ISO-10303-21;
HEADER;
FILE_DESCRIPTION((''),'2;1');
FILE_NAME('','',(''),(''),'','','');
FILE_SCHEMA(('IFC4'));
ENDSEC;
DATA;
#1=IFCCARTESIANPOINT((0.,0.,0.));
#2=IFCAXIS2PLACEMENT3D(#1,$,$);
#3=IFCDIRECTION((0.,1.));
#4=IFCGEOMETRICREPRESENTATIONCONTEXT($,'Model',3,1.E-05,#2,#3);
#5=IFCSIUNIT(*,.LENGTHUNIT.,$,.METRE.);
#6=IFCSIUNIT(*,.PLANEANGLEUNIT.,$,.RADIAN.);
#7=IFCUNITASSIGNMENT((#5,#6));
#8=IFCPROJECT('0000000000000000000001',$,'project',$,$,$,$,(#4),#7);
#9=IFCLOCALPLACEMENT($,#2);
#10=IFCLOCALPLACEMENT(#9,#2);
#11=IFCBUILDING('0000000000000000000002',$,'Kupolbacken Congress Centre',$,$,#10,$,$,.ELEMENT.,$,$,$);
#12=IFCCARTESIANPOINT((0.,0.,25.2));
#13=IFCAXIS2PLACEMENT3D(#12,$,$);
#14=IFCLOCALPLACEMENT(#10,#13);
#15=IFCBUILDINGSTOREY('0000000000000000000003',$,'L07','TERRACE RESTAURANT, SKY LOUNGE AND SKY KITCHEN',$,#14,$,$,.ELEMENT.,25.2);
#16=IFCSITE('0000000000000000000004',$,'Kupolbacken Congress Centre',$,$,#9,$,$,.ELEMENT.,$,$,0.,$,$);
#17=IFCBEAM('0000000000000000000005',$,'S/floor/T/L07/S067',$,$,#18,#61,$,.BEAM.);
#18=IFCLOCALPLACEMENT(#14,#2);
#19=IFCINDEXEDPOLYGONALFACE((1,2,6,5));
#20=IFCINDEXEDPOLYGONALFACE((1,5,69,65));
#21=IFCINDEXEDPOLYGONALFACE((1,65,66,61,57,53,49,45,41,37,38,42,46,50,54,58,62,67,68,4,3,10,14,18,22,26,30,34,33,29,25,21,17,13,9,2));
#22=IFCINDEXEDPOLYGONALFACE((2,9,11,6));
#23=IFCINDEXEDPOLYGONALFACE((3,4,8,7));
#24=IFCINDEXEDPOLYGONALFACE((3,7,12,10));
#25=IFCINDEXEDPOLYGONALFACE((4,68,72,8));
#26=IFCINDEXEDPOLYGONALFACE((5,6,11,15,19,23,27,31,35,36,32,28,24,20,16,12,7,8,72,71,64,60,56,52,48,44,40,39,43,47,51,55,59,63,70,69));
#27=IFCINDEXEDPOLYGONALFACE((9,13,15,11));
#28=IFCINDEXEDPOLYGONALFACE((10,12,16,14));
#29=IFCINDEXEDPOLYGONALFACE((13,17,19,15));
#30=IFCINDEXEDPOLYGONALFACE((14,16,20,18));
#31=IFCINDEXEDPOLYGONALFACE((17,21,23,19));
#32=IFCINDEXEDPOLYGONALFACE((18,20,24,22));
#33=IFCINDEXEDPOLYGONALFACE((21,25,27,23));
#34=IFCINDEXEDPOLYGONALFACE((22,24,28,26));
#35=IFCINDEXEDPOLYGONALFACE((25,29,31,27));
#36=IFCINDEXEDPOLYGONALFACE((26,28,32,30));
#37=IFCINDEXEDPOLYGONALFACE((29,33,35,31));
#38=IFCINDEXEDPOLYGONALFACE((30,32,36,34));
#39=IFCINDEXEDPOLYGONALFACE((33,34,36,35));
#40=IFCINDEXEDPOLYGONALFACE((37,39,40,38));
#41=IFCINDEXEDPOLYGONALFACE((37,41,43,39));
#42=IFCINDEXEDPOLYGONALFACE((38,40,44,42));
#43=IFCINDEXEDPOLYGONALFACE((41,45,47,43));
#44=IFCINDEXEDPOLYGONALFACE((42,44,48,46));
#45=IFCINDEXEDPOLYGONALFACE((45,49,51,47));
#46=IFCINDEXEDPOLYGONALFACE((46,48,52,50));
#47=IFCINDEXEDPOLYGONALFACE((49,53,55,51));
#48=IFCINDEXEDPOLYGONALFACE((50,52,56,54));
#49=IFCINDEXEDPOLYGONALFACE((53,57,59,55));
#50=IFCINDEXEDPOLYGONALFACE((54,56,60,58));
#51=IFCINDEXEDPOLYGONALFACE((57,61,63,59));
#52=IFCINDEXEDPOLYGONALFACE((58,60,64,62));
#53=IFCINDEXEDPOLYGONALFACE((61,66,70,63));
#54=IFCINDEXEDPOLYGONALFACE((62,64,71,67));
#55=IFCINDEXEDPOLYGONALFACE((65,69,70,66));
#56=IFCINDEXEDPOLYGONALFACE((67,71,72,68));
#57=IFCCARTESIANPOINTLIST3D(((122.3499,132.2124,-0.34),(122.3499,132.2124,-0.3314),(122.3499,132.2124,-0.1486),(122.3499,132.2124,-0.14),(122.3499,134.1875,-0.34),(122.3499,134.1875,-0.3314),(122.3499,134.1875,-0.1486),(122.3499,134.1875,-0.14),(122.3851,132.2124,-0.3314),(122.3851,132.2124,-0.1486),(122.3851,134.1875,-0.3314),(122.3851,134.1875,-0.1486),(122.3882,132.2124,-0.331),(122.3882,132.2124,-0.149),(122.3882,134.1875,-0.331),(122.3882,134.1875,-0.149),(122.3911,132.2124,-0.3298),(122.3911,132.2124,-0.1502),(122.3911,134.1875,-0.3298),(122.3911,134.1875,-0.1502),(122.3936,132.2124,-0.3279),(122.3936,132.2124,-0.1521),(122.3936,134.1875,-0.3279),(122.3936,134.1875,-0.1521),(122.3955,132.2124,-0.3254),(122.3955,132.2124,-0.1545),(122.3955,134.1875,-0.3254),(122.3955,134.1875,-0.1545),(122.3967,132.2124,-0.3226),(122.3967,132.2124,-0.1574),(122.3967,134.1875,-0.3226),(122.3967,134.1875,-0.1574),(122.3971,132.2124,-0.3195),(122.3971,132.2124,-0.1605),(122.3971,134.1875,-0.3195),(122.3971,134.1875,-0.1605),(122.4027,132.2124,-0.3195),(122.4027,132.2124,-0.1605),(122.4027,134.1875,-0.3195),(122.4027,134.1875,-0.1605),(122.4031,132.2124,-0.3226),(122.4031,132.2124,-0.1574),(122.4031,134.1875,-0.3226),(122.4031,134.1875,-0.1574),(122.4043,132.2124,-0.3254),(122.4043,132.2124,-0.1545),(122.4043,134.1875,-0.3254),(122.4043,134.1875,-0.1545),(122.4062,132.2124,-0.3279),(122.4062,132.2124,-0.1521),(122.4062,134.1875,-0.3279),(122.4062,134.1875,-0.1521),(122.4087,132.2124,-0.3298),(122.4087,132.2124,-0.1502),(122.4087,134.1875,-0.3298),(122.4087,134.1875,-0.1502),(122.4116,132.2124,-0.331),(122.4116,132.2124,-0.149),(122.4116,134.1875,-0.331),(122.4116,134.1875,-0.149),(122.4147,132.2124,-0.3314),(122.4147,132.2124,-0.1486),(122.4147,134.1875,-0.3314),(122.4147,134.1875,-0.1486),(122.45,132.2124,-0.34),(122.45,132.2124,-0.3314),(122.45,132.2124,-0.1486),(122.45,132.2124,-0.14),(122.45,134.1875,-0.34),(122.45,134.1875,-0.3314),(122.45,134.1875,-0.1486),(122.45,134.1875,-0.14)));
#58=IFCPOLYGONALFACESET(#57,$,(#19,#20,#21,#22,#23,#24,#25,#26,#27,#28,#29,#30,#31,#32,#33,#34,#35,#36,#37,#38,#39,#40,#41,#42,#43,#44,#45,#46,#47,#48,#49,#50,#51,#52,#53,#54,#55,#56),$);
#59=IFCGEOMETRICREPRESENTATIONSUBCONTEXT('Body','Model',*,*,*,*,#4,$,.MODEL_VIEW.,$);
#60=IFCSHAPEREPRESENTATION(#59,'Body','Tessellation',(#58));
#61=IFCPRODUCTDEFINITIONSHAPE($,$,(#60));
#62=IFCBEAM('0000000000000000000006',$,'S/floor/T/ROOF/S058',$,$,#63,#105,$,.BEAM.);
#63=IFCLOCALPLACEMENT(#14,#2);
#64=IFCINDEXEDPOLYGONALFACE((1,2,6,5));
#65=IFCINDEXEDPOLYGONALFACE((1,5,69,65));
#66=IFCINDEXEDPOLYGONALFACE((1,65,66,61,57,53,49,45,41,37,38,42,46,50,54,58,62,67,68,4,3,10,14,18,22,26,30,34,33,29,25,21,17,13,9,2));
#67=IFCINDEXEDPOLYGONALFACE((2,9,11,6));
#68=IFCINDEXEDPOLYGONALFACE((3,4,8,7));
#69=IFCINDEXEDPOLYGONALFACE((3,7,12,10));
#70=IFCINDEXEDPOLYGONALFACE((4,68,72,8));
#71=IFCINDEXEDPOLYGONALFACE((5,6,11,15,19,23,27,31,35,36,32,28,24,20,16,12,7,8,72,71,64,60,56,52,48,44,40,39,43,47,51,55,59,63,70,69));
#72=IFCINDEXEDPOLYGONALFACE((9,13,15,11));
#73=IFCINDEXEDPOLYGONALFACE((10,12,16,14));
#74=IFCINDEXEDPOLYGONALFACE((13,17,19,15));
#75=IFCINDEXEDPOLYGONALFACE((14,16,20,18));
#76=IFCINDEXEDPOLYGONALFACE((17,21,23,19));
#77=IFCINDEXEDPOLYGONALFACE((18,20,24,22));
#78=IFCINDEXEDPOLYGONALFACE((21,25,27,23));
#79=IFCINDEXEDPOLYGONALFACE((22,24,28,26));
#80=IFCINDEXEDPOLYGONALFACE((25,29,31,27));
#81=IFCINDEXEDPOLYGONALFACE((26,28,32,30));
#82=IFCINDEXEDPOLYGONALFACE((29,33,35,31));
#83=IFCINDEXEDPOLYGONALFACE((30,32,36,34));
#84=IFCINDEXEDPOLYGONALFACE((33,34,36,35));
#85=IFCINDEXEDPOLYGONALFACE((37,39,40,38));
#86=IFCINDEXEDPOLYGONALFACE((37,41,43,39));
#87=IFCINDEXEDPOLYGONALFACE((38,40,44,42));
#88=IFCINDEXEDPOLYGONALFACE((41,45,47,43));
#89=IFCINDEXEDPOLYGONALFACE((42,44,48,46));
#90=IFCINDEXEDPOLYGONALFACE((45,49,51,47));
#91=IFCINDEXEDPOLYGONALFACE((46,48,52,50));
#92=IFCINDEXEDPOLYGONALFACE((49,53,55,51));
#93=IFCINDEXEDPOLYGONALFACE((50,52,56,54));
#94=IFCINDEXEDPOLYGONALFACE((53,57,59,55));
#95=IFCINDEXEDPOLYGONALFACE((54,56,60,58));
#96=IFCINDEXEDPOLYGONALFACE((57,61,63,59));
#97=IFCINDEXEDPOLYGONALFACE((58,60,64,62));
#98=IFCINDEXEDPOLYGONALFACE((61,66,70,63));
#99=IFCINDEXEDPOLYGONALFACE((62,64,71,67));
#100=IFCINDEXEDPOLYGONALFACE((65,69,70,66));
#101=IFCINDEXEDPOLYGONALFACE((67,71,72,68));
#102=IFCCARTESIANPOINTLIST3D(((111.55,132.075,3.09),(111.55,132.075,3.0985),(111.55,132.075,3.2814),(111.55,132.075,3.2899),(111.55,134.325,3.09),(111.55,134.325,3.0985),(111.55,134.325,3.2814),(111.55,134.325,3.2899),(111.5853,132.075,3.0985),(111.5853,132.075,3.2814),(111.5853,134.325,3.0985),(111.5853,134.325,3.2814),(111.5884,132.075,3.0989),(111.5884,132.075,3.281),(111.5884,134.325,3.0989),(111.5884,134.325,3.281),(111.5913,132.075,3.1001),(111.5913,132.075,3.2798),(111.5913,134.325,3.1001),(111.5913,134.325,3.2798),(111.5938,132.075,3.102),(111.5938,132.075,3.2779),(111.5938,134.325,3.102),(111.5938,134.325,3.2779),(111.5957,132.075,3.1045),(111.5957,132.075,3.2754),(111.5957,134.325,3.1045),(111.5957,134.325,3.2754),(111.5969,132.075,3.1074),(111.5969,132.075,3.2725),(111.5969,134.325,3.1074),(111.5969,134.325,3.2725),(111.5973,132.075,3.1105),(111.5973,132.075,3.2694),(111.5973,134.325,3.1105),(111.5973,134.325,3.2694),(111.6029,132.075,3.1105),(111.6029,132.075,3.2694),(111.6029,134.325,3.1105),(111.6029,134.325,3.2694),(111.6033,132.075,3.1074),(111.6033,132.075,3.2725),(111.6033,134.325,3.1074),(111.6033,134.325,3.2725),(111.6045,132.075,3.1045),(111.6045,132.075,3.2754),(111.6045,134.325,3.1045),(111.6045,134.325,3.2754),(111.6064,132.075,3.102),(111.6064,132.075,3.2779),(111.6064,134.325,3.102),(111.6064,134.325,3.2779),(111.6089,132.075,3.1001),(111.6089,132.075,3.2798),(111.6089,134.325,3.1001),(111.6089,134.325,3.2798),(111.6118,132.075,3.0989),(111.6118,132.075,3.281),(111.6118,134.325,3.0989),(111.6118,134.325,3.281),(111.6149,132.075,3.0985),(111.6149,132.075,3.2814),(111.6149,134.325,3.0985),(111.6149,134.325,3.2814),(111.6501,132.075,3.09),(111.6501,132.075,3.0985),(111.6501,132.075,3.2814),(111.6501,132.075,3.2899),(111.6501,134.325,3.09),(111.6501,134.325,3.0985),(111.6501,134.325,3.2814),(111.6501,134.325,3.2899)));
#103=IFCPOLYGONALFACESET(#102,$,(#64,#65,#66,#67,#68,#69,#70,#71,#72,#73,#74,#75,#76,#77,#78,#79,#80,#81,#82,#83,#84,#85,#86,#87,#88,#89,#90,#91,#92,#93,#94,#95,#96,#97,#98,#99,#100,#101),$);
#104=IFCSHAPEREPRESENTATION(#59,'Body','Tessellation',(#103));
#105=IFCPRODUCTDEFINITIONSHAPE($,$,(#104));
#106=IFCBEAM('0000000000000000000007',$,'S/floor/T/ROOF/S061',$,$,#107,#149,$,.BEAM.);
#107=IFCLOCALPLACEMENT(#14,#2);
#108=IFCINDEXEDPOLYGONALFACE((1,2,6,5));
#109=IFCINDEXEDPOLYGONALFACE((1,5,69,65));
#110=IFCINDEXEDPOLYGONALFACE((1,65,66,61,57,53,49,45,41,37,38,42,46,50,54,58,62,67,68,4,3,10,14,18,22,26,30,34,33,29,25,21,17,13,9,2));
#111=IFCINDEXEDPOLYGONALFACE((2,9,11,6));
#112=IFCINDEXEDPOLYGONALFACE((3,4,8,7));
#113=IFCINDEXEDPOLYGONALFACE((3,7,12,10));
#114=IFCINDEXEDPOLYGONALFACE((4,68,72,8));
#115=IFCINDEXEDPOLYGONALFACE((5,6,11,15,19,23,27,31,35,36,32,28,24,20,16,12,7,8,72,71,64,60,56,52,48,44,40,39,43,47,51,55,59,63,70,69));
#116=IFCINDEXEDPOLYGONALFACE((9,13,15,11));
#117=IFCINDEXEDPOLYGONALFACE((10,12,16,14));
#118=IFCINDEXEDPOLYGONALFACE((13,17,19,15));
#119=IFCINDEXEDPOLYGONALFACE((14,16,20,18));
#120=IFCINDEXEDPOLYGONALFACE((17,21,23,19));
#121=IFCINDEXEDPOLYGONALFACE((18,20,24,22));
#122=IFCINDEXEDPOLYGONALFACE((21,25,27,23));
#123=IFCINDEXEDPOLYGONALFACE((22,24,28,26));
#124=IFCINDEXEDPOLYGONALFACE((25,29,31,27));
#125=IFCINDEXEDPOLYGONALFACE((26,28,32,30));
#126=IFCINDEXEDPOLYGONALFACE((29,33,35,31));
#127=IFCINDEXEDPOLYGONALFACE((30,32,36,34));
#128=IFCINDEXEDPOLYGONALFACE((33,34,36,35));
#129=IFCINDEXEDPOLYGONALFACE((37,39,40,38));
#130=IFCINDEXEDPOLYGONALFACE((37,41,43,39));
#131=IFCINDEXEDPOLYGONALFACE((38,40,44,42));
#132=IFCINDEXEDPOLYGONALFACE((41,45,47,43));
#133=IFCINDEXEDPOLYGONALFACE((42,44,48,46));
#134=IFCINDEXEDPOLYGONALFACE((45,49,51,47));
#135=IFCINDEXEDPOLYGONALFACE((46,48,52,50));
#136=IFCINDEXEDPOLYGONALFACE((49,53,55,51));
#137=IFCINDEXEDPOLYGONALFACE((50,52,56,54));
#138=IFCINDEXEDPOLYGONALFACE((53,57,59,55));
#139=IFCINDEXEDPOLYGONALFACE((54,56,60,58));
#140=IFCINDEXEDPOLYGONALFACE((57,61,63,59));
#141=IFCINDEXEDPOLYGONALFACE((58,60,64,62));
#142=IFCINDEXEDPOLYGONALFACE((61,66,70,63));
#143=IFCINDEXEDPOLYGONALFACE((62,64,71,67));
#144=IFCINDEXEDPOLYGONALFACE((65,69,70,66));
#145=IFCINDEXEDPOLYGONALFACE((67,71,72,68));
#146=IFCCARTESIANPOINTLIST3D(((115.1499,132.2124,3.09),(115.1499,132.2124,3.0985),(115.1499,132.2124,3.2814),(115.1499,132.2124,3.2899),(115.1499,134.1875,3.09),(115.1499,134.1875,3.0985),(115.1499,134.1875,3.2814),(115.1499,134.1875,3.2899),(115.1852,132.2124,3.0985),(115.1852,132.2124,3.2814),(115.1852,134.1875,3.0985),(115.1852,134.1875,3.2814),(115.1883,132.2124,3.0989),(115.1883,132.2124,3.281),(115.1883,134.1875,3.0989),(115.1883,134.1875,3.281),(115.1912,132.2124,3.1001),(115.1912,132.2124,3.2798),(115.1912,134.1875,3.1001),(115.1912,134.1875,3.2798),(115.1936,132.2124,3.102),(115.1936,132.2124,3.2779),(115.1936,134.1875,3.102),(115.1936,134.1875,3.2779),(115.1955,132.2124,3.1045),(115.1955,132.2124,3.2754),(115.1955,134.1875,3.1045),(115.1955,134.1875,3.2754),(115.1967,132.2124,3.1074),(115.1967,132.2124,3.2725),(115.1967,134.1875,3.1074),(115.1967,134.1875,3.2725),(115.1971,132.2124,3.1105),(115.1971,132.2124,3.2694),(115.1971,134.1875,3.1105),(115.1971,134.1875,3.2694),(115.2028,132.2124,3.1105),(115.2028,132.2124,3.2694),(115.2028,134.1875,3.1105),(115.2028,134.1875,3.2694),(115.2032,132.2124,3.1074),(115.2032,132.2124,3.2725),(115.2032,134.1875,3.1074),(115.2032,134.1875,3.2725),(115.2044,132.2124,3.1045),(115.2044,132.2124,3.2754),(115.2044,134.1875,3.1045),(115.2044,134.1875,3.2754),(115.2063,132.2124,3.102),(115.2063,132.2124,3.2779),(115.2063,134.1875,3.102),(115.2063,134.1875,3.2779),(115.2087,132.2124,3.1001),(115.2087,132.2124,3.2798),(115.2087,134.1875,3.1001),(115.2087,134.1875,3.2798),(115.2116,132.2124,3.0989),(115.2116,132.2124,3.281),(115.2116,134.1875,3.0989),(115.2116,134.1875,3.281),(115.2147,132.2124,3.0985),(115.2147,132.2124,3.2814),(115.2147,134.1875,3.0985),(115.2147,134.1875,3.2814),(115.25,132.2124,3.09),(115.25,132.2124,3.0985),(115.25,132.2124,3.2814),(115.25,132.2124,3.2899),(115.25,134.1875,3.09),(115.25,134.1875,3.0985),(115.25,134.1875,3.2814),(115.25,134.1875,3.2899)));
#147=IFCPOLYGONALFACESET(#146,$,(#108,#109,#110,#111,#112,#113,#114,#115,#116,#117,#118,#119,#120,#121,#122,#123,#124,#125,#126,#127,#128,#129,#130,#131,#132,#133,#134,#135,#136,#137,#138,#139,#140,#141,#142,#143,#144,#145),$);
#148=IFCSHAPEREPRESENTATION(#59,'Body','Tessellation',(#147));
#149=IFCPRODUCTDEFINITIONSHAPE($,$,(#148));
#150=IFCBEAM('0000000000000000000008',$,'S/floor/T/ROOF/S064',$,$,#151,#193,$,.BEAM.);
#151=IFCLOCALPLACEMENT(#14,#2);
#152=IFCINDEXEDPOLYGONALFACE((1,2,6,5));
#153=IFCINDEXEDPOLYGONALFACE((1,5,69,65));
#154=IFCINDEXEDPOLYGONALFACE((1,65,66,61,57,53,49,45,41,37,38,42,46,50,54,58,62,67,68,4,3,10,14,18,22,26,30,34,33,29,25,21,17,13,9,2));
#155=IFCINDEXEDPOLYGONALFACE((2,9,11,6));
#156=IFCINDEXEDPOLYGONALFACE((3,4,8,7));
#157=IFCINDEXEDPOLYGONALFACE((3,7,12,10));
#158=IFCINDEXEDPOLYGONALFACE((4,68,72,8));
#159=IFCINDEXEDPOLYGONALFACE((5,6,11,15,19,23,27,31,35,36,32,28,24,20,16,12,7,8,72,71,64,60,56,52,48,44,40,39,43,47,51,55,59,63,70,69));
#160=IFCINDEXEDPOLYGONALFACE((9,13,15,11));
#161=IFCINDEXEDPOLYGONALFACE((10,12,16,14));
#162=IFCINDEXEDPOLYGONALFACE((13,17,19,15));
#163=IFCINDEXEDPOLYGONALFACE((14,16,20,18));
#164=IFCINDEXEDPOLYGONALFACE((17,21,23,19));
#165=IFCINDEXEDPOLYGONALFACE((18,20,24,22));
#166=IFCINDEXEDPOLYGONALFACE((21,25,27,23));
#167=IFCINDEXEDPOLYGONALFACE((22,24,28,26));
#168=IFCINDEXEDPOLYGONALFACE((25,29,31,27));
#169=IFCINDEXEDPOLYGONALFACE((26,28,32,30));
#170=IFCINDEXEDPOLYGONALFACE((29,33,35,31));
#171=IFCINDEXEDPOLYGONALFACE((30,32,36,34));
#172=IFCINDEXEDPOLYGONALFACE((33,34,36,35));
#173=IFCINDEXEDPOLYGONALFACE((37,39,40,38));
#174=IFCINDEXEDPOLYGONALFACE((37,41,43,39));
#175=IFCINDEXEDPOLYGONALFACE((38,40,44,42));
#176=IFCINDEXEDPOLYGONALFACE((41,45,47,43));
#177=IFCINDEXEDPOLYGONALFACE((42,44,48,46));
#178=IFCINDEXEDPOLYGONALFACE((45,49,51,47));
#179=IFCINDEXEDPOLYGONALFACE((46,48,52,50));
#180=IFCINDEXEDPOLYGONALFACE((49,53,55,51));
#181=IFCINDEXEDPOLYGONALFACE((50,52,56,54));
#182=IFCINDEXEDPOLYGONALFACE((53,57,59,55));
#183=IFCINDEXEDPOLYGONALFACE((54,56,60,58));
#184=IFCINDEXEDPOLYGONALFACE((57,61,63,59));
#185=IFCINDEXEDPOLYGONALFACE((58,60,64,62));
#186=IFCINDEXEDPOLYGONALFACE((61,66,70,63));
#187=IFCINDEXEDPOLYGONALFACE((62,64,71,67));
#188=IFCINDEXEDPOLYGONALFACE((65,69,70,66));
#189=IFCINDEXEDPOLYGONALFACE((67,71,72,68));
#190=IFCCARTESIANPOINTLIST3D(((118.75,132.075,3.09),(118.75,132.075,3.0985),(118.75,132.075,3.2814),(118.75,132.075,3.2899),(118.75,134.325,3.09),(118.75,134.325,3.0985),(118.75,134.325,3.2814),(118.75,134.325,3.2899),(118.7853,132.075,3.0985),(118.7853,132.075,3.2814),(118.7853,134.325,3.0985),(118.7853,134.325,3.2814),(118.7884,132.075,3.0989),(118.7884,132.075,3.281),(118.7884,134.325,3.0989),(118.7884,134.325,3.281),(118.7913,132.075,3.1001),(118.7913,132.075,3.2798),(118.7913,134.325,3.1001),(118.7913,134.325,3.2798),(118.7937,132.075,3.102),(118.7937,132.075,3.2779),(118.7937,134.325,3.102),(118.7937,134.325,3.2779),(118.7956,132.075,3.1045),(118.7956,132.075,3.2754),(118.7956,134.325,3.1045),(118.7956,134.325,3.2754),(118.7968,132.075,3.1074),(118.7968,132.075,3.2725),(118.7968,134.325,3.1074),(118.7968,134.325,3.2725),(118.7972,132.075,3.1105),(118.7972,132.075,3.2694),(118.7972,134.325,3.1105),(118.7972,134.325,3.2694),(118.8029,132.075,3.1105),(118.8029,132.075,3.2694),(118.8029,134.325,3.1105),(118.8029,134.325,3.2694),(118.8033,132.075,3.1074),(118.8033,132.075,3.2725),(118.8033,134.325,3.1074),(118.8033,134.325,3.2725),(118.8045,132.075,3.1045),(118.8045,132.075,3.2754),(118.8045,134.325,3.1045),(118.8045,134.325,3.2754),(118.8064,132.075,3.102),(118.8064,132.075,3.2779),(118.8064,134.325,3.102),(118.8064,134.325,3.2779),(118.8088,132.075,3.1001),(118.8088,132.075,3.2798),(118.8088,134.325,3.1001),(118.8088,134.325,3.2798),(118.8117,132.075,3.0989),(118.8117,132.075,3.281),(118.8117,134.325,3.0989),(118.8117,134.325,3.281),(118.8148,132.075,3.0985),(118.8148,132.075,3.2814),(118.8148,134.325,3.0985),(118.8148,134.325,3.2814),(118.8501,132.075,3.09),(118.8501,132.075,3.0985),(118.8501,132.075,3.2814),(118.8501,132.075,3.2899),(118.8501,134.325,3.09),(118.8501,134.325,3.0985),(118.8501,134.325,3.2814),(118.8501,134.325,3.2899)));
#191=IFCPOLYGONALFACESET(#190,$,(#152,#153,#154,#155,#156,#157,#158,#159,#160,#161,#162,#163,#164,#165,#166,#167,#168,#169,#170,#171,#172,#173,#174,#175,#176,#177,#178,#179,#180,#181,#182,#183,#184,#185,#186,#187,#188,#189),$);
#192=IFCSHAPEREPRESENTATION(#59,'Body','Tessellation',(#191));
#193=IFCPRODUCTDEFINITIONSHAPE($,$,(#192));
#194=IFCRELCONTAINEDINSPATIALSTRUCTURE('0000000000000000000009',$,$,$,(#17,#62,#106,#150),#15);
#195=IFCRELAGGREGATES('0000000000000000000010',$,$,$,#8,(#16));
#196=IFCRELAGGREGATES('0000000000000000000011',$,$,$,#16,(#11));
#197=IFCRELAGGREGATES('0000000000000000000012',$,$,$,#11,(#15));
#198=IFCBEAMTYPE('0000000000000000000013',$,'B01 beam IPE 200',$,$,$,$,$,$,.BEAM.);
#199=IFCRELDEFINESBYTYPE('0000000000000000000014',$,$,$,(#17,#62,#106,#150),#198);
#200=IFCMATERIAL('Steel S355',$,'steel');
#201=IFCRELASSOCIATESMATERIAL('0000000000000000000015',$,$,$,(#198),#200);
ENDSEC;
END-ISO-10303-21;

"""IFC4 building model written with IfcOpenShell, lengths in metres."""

from ifc_helpers import new_model, si_unit, direction, frame, origin, origin_2d, place, context, subcontext, project, spatial, i_section, extrude, material, material_profile, profile_set, type_object, element, save


model = new_model("IFC4")

# Units and contexts
model_context = context("Model", 3, precision=1e-05, world=origin(), true_north=direction((0.0, 1.0)))
body_context = subcontext(model_context, "Body", "Model", "MODEL_VIEW")
ifc_project = project(units=[si_unit("LENGTHUNIT", "METRE"), si_unit("PLANEANGLEUNIT", "RADIAN")], contexts=[model_context])

# Site, building, storey
site_placement = place(None, origin())
site = spatial("IfcSite", under=ifc_project, at=site_placement, Name="Kupolbacken Congress Centre", CompositionType="ELEMENT", RefElevation=0.0)
building_placement = place(site_placement, origin())
building = spatial("IfcBuilding", under=site, at=building_placement, Name="Kupolbacken Congress Centre", CompositionType="ELEMENT")
storey_placement = place(building_placement, frame((0.0, 0.0, 25.2)))
storey = spatial("IfcBuildingStorey", under=building, at=storey_placement, Name="L07", Description="TERRACE RESTAURANT, SKY LOUNGE AND SKY KITCHEN", CompositionType="ELEMENT", Elevation=25.2)

# Beams
ifc_material_1 = material(Name="Steel S355", Category="steel")
ifc_material_profile_1 = material_profile(ifc_material_1, i_section(OverallWidth=0.1001, OverallDepth=0.2, WebThickness=0.0056, FlangeThickness=0.0085, FilletRadius=0.012, at=origin_2d()), Name="IPE 200")
ifc_profile_set_1 = profile_set([ifc_material_profile_1], Name="Steel S355")
beam_type_1 = type_object("IfcBeamType", Name="B01 beam IPE 200", PredefinedType="BEAM", material=ifc_profile_set_1)
beam_1_placement = place(storey_placement, frame((122.3999, 132.2124, -0.24), z_axis=(0.0, 1.0, 0.0), x_axis=(-1.0, 0.0, 0.0)))
element("IfcBeam", 1, at=beam_1_placement, inside=storey, type_object=beam_type_1, Name="S/floor/T/L07/S067", PredefinedType="BEAM", context=body_context, shape_type="SweptSolid", body=[
    extrude(i_section(OverallWidth=0.1001, OverallDepth=0.2, WebThickness=0.0056, FlangeThickness=0.0085, FilletRadius=0.012, at=origin_2d()), origin(), (0.0, 0.0, 1.0), 1.9751),
])
beam_2_placement = place(storey_placement, frame((111.6001, 132.075, 3.1899), z_axis=(0.0, 1.0, 0.0), x_axis=(-1.0, 0.0, 0.0)))
element("IfcBeam", 2, at=beam_2_placement, inside=storey, type_object=beam_type_1, Name="S/floor/T/ROOF/S058", PredefinedType="BEAM", context=body_context, shape_type="SweptSolid", body=[
    extrude(i_section(OverallWidth=0.1001, OverallDepth=0.2, WebThickness=0.0056, FlangeThickness=0.0085, FilletRadius=0.012, at=origin_2d()), origin(), (0.0, 0.0, 1.0), 2.25),
])
beam_3_placement = place(storey_placement, frame((115.2, 132.2124, 3.1899), z_axis=(0.0, 1.0, 0.0), x_axis=(-1.0, 0.0, 0.0)))
element("IfcBeam", 3, at=beam_3_placement, inside=storey, type_object=beam_type_1, Name="S/floor/T/ROOF/S061", PredefinedType="BEAM", context=body_context, shape_type="SweptSolid", body=[
    extrude(i_section(OverallWidth=0.1001, OverallDepth=0.2, WebThickness=0.0056, FlangeThickness=0.0085, FilletRadius=0.012, at=origin_2d()), origin(), (0.0, 0.0, 1.0), 1.9751),
])
beam_4_placement = place(storey_placement, frame((118.8, 132.075, 3.1899), z_axis=(0.0, 1.0, 0.0), x_axis=(-1.0, 0.0, 0.0)))
element("IfcBeam", 4, at=beam_4_placement, inside=storey, type_object=beam_type_1, Name="S/floor/T/ROOF/S064", PredefinedType="BEAM", context=body_context, shape_type="SweptSolid", body=[
    extrude(i_section(OverallWidth=0.1001, OverallDepth=0.2, WebThickness=0.0056, FlangeThickness=0.0085, FilletRadius=0.012, at=origin_2d()), origin(), (0.0, 0.0, 1.0), 2.25),
])

save(model, "model.ifc")
